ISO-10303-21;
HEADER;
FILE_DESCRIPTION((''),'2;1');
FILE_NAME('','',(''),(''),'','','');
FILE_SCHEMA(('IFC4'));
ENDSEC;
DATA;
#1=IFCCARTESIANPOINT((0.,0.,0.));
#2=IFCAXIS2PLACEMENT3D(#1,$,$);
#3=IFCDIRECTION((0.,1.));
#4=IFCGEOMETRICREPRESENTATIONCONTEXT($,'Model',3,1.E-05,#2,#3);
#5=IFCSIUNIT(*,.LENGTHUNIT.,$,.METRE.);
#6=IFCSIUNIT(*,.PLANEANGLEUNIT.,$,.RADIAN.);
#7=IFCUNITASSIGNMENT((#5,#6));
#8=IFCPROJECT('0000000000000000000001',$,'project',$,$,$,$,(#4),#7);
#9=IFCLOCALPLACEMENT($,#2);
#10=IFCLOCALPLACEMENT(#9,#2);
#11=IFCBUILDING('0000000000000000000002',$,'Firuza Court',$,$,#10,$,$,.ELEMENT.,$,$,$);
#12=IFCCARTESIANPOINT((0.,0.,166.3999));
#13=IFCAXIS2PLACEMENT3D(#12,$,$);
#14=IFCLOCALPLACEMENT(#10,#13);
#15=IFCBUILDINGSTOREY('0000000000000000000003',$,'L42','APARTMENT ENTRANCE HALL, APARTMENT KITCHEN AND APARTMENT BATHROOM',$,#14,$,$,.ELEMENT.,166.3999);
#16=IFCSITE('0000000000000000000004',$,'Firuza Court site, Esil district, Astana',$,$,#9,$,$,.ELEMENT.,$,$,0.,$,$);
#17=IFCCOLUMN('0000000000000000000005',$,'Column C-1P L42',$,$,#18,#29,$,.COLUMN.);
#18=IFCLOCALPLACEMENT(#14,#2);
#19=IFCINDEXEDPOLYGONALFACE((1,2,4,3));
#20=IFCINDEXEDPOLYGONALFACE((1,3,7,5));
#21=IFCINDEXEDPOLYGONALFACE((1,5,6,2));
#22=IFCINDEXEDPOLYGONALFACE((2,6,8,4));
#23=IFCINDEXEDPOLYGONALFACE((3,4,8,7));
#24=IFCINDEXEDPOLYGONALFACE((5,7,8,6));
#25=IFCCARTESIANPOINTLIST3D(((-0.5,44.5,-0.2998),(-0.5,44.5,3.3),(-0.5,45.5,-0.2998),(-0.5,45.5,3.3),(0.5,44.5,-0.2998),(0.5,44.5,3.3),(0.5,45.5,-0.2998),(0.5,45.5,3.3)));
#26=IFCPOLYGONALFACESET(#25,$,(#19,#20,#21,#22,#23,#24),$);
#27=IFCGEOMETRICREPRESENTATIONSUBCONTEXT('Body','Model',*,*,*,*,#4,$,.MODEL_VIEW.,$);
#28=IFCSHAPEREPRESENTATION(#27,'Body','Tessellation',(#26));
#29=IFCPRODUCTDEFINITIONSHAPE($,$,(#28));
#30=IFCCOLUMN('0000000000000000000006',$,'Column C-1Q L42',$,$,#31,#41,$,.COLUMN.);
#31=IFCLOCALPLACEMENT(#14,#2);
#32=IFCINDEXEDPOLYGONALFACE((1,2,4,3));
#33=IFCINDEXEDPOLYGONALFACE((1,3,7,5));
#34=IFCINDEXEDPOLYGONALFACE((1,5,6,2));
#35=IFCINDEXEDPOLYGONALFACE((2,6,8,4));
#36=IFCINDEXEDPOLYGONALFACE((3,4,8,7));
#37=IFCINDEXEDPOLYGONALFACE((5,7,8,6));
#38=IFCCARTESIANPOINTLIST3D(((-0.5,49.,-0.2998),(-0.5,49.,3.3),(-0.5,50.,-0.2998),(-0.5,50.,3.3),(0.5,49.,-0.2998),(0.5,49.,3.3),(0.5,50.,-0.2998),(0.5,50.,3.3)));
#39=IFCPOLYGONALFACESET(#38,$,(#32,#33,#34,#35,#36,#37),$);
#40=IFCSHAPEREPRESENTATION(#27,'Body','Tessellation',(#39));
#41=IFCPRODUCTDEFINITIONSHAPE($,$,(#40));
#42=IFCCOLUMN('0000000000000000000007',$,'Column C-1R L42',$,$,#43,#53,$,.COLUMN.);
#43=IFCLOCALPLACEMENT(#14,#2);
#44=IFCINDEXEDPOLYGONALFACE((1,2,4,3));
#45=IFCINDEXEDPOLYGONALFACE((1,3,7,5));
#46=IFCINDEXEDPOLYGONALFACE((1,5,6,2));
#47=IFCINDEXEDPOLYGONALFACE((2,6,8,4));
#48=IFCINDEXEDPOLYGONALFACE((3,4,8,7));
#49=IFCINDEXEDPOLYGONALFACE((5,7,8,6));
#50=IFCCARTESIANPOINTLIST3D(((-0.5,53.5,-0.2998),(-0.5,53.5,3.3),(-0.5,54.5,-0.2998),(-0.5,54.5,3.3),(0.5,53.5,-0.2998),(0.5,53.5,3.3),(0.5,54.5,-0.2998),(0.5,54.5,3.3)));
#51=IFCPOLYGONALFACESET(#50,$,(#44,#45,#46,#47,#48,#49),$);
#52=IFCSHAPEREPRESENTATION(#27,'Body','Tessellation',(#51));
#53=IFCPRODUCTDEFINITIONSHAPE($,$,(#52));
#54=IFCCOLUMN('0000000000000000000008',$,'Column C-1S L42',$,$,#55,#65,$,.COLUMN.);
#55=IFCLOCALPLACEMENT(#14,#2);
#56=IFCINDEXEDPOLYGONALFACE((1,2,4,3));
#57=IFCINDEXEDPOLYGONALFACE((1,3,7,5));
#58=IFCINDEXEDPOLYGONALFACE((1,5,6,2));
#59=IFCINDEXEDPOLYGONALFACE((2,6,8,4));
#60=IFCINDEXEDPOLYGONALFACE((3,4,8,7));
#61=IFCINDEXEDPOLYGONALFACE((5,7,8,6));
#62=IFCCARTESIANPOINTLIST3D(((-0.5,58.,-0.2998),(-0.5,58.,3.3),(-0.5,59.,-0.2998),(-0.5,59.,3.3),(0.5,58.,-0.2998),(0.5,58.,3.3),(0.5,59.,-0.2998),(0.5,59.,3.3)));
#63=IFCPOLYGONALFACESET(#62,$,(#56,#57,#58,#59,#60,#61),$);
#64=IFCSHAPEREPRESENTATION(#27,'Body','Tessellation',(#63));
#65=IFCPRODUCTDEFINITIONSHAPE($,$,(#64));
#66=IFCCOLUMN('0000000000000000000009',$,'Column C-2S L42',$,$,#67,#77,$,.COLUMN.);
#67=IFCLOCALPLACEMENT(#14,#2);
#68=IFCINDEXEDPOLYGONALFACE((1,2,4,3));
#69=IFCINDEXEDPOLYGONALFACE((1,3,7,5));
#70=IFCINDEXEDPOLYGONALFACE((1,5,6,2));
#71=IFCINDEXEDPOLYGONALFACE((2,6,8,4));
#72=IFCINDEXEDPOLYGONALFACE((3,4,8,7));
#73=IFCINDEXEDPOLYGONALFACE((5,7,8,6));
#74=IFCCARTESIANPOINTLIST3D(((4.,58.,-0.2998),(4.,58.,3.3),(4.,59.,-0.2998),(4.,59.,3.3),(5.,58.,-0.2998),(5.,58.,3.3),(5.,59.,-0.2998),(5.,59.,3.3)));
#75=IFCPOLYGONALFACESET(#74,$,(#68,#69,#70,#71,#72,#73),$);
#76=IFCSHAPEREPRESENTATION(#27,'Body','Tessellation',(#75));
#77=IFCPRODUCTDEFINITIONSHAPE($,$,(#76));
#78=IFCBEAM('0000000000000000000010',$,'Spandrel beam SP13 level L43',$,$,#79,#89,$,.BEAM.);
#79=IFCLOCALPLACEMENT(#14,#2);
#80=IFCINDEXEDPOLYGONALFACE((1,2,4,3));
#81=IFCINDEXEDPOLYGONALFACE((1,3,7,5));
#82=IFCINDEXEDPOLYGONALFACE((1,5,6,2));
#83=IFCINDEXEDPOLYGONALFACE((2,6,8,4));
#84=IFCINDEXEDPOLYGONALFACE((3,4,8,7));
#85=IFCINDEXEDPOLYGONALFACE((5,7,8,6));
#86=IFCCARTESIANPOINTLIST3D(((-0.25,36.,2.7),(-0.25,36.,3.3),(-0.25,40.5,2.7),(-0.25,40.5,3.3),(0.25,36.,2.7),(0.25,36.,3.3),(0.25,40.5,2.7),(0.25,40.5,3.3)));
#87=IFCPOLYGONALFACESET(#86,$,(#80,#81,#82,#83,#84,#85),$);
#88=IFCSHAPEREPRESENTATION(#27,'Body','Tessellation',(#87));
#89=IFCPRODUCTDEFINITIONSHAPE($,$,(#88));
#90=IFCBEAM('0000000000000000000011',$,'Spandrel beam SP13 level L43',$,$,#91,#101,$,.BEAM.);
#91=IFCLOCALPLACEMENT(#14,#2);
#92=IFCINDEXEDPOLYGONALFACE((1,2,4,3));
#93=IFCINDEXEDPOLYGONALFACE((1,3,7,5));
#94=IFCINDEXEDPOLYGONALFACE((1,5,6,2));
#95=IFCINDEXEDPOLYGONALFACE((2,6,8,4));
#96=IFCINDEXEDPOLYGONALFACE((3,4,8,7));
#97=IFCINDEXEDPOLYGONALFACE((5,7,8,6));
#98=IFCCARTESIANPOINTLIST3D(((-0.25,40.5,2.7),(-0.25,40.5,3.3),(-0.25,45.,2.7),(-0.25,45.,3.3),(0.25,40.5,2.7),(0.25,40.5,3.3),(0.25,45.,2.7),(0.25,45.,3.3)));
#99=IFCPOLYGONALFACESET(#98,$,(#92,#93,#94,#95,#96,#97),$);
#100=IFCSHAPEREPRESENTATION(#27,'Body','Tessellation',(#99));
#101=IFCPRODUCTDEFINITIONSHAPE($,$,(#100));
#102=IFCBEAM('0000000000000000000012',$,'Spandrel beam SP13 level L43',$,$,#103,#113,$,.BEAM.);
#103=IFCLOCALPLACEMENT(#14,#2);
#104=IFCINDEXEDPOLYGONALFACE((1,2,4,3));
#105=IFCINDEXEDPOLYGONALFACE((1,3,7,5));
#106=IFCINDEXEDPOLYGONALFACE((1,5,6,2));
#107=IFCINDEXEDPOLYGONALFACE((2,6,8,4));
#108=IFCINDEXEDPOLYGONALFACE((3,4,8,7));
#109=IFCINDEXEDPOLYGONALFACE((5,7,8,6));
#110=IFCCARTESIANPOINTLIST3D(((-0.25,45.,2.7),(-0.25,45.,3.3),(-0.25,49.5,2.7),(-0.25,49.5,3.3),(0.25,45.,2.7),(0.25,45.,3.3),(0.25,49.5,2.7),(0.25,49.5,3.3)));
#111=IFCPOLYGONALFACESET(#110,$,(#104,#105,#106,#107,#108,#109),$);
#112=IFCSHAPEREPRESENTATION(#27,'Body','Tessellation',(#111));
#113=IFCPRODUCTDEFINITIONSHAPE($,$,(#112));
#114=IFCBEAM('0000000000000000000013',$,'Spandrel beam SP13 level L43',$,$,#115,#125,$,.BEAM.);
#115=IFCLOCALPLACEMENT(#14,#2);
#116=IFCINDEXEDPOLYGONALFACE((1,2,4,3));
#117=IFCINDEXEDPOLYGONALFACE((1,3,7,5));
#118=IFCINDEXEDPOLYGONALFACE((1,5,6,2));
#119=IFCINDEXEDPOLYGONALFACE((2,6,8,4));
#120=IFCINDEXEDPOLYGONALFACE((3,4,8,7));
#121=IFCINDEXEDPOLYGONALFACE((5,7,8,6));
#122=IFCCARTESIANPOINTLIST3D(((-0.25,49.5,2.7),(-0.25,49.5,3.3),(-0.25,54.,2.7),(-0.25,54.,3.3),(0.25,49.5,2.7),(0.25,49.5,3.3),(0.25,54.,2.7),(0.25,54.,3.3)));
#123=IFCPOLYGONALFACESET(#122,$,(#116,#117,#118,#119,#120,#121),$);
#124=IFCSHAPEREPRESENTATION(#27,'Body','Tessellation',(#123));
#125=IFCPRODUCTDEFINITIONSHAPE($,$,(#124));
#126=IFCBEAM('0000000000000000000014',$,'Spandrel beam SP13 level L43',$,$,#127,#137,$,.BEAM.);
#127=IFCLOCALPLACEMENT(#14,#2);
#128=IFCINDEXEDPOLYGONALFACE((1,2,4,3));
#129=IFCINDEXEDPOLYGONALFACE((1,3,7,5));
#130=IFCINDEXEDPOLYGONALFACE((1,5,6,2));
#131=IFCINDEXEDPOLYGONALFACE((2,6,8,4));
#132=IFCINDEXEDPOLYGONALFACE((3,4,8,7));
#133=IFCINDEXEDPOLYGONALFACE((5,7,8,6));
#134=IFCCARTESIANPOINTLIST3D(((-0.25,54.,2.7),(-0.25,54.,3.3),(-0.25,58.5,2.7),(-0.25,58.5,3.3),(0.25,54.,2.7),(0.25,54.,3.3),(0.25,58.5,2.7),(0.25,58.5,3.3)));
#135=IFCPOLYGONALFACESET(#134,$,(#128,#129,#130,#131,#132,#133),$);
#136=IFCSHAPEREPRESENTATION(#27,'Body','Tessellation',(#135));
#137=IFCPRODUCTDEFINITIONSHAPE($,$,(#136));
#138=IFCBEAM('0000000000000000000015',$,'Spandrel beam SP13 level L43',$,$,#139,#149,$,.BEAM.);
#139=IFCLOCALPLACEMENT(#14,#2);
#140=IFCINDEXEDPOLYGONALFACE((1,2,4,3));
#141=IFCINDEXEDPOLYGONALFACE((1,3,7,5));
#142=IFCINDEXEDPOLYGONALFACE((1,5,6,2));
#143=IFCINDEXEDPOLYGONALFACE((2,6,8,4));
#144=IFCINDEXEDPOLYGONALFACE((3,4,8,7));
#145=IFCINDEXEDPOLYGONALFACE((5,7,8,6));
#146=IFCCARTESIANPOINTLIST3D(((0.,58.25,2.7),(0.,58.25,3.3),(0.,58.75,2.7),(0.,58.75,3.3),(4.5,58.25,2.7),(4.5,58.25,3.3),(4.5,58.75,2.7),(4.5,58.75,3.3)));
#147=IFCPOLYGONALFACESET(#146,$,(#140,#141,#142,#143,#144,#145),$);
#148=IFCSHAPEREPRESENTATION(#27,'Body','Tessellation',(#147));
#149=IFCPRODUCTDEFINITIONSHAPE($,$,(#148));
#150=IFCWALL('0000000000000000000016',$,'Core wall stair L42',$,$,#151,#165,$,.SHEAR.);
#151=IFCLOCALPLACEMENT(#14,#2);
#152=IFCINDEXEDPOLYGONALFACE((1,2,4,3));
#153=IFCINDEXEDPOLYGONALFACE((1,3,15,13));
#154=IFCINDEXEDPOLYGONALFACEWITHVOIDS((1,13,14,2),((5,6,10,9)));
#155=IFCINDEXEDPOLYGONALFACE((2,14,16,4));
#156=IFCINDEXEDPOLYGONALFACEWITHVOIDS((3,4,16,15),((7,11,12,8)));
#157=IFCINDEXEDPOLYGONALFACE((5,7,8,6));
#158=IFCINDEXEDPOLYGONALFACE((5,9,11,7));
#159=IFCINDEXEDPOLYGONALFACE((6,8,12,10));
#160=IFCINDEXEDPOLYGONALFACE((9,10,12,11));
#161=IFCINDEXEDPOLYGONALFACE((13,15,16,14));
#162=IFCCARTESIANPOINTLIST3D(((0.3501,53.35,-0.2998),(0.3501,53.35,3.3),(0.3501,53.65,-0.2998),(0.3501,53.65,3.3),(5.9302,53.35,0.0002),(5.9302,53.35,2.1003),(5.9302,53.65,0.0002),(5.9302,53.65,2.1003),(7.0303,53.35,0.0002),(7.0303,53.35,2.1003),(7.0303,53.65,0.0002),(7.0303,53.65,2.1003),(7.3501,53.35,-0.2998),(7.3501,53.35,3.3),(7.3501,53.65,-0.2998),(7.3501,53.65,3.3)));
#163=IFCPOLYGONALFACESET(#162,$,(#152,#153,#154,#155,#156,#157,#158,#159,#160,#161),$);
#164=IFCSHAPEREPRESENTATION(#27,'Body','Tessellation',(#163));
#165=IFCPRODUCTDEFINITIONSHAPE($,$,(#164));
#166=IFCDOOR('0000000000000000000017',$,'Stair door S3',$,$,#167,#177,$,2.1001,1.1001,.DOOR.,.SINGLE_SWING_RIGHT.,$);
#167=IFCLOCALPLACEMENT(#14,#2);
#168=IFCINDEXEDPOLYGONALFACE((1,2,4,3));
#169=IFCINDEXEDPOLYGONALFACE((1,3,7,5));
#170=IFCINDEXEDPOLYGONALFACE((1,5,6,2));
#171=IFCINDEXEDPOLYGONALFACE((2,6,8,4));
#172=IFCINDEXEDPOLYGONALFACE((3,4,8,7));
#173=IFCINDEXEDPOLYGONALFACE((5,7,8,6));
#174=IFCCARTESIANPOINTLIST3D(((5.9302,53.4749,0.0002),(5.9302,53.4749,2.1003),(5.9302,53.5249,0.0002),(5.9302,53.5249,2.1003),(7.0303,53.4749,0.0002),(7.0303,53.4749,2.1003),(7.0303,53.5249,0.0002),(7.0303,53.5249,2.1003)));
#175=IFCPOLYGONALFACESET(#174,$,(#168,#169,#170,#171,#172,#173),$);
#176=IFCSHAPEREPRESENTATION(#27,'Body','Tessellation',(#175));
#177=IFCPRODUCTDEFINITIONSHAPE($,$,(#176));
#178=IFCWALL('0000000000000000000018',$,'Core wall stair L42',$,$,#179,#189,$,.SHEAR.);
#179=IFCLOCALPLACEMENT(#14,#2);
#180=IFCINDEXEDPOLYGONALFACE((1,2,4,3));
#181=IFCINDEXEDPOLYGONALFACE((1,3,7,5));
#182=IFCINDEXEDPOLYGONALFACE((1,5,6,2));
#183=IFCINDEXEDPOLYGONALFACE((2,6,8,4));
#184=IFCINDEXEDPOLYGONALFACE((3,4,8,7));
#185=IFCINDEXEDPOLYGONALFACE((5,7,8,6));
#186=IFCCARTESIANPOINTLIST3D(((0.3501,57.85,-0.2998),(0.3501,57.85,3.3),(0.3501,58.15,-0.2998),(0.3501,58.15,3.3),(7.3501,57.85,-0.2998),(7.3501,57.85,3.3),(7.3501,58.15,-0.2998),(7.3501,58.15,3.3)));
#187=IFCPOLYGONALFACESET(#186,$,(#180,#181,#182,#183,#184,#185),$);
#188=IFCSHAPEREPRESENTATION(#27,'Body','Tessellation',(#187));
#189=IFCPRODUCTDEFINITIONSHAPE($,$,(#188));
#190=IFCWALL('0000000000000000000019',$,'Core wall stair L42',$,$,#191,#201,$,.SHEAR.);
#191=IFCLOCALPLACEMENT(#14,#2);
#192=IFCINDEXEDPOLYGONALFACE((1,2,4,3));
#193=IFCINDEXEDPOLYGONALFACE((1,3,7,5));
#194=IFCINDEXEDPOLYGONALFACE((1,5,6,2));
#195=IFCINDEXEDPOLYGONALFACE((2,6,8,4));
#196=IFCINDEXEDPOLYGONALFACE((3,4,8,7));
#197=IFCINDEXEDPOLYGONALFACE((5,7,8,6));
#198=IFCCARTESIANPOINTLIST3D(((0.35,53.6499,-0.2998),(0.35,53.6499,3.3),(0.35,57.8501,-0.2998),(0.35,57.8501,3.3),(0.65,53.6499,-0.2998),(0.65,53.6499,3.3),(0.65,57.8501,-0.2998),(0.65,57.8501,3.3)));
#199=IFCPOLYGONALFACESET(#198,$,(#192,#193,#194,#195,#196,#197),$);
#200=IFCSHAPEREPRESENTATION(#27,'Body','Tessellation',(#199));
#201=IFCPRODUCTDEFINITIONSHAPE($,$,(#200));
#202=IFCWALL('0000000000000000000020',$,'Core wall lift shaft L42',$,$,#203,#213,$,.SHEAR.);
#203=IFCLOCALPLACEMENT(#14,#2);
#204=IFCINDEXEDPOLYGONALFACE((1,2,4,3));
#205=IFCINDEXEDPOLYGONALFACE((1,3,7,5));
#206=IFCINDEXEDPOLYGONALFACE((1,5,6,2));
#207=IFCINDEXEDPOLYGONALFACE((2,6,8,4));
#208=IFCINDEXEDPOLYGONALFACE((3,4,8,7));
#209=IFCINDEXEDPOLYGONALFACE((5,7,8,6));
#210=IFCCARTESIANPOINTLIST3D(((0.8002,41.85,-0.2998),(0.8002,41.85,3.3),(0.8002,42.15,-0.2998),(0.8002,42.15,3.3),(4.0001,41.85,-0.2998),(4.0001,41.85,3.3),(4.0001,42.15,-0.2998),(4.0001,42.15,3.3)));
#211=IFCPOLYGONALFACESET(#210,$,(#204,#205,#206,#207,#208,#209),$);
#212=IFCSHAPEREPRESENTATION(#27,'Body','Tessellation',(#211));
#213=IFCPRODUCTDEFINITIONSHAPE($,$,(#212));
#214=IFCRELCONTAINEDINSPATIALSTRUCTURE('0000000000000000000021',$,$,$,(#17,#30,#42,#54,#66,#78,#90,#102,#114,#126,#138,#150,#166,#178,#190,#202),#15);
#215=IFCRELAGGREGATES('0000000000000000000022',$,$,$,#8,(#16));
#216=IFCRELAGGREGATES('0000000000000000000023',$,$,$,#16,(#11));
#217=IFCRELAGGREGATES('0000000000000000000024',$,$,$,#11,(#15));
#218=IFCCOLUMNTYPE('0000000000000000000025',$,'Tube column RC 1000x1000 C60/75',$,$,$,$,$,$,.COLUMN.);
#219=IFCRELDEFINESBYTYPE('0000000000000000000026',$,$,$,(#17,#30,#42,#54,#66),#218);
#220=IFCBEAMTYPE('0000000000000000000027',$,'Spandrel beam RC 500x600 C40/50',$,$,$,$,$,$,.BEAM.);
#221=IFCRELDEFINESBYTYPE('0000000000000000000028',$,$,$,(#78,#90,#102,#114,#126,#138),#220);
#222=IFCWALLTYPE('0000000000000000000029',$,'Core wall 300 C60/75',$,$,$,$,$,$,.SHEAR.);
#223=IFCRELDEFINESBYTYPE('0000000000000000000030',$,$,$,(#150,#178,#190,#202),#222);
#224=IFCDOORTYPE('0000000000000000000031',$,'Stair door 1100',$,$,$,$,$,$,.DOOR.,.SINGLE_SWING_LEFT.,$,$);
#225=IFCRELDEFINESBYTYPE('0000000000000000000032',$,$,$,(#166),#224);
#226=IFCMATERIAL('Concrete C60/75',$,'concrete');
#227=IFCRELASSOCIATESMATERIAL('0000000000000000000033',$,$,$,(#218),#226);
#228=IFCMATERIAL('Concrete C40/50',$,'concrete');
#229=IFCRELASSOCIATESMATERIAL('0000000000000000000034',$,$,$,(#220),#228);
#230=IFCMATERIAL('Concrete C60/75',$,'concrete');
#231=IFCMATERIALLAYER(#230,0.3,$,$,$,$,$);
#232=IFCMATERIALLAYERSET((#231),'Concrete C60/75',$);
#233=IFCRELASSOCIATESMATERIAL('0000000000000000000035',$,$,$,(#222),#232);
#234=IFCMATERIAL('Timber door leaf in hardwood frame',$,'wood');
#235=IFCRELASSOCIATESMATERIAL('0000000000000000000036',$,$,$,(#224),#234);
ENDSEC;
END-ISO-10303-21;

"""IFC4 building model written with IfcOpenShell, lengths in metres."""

from ifc_helpers import new_model, si_unit, direction, frame, frame_2d, origin, origin_2d, place, context, subcontext, project, spatial, rectangle, extrude, material, layer, layer_set, material_profile, profile_set, type_object, element, fill, save


model = new_model("IFC4")

# Units and contexts
model_context = context("Model", 3, precision=1e-05, world=origin(), true_north=direction((0.0, 1.0)))
body_context = subcontext(model_context, "Body", "Model", "MODEL_VIEW")
ifc_project = project(units=[si_unit("LENGTHUNIT", "METRE"), si_unit("PLANEANGLEUNIT", "RADIAN")], contexts=[model_context])

# Site, building, storey
site_placement = place(None, origin())
site = spatial("IfcSite", under=ifc_project, at=site_placement, Name="Firuza Court site, Esil district, Astana", CompositionType="ELEMENT", RefElevation=0.0)
building_placement = place(site_placement, origin())
building = spatial("IfcBuilding", under=site, at=building_placement, Name="Firuza Court", CompositionType="ELEMENT")
storey_placement = place(building_placement, frame((0.0, 0.0, 166.3999)))
storey = spatial("IfcBuildingStorey", under=building, at=storey_placement, Name="L42", Description="APARTMENT ENTRANCE HALL, APARTMENT KITCHEN AND APARTMENT BATHROOM", CompositionType="ELEMENT", Elevation=166.3999)

# Columns
ifc_material_1 = material(Name="Concrete C60/75", Category="concrete")
ifc_material_profile_1 = material_profile(ifc_material_1, rectangle(XDim=1.0, YDim=1.0, at=origin_2d()), Name="RC 1000x1000")
ifc_profile_set_1 = profile_set([ifc_material_profile_1], Name="Concrete C60/75")
column_type = type_object("IfcColumnType", Name="Tube column RC 1000x1000 C60/75", PredefinedType="COLUMN", material=ifc_profile_set_1)
for number, where, z_axis, x_axis, name in (
    (1, (0.0, 45.0, -0.2998), (0.0, 0.0, 1.0), (1.0, 0.0, 0.0), "Column C-1P L42"),
    (2, (0.0, 49.5, -0.2998), (0.0, 0.0, 1.0), (1.0, 0.0, 0.0), "Column C-1Q L42"),
    (3, (0.0, 54.0, -0.2998), (0.0, 0.0, 1.0), (1.0, 0.0, 0.0), "Column C-1R L42"),
    (4, (0.0, 58.5, -0.2998), (0.0, 0.0, 1.0), (1.0, 0.0, 0.0), "Column C-1S L42"),
    (5, (4.5, 58.5, -0.2998), (0.0, 0.0, 1.0), (1.0, 0.0, 0.0), "Column C-2S L42"),
):
    element("IfcColumn", number, at=place(storey_placement, frame(where, z_axis=z_axis, x_axis=x_axis)), inside=storey, type_object=column_type, Name=name, PredefinedType="COLUMN", context=body_context, shape_type="SweptSolid", body=[
        extrude(rectangle(XDim=1.0, YDim=1.0, at=origin_2d()), origin(), (0.0, 0.0, 1.0), 3.5999),
    ])

# Beams
ifc_material_2 = material(Name="Concrete C40/50", Category="concrete")
ifc_material_profile_2 = material_profile(ifc_material_2, rectangle(XDim=0.5, YDim=0.6001, at=origin_2d()), Name="RC 500x600")
ifc_profile_set_2 = profile_set([ifc_material_profile_2], Name="Concrete C40/50")
beam_type = type_object("IfcBeamType", Name="Spandrel beam RC 500x600 C40/50", PredefinedType="BEAM", material=ifc_profile_set_2)
for number, where, z_axis, x_axis, name in (
    (6, (0.0, 40.5, 3.0), (0.0, -1.0, 0.0), (1.0, 0.0, 0.0), "Spandrel beam SP13 level L43"),
    (7, (0.0, 45.0, 3.0), (0.0, -1.0, 0.0), (1.0, 0.0, 0.0), "Spandrel beam SP13 level L43"),
    (8, (0.0, 49.5, 3.0), (0.0, -1.0, 0.0), (1.0, 0.0, 0.0), "Spandrel beam SP13 level L43"),
    (9, (0.0, 54.0, 3.0), (0.0, -1.0, 0.0), (1.0, 0.0, 0.0), "Spandrel beam SP13 level L43"),
    (10, (0.0, 58.5, 3.0), (0.0, -1.0, 0.0), (1.0, 0.0, 0.0), "Spandrel beam SP13 level L43"),
    (11, (4.5, 58.5, 3.0), (-1.0, 0.0, 0.0), (0.0, -1.0, 0.0), "Spandrel beam SP13 level L43"),
):
    element("IfcBeam", number, at=place(storey_placement, frame(where, z_axis=z_axis, x_axis=x_axis)), inside=storey, type_object=beam_type, Name=name, PredefinedType="BEAM", context=body_context, shape_type="SweptSolid", body=[
        extrude(rectangle(XDim=0.5, YDim=0.6001, at=origin_2d()), origin(), (0.0, 0.0, 1.0), 4.5),
    ])

# Wall, opening, door
ifc_material_3 = material(Name="Concrete C60/75", Category="concrete")
ifc_layer_1 = layer(ifc_material_3, 0.3)
ifc_layer_set_1 = layer_set([ifc_layer_1], Name="Concrete C60/75")
wall_type_1 = type_object("IfcWallType", Name="Core wall 300 C60/75", PredefinedType="SHEAR", material=ifc_layer_set_1)
wall_1_placement = place(storey_placement, frame((0.3501, 53.5, -0.2998), z_axis=(0.0, 0.0, 1.0), x_axis=(1.0, 0.0, 0.0)))
wall_1 = element("IfcWall", 12, at=wall_1_placement, inside=storey, type_object=wall_type_1, Name="Core wall stair L42", PredefinedType="SHEAR", context=body_context, shape_type="SweptSolid", body=[
    extrude(rectangle(XDim=7.0, YDim=0.3, at=frame_2d((3.5, 0.0))), origin(), (0.0, 0.0, 1.0), 3.5999),
])
opening_1_placement = place(wall_1_placement, frame((5.5801, 0.0, 0.3)))
opening_1 = element("IfcOpeningElement", 13, at=opening_1_placement, cuts=wall_1, PredefinedType="OPENING", context=body_context, shape_type="SweptSolid", body=[
    extrude(rectangle(XDim=1.1001, YDim=2.1001, at=frame_2d((0.55, 1.05))), frame((0.0, 0.1621, 0.0), z_axis=(0.0, -1.0, 0.0), x_axis=(1.0, 0.0, 0.0)), (0.0, 0.0, 1.0), 0.324),
])
ifc_material_4 = material(Name="Timber door leaf in hardwood frame", Category="wood")
door_type = type_object("IfcDoorType", Name="Stair door 1100", OperationType="SINGLE_SWING_LEFT", PredefinedType="DOOR", material=ifc_material_4)
door_placement = place(opening_1_placement, origin())
door = element("IfcDoor", 14, at=door_placement, inside=storey, type_object=door_type, Name="Stair door S3", OperationType="SINGLE_SWING_RIGHT", OverallHeight=2.1001, OverallWidth=1.1001, PredefinedType="DOOR", context=body_context, shape_type="SweptSolid", body=[
    extrude(rectangle(XDim=1.1001, YDim=2.1001, at=frame_2d((0.55, 1.05))), frame((0.0, 0.0249, 0.0), z_axis=(0.0, -1.0, 0.0), x_axis=(1.0, 0.0, 0.0)), (0.0, 0.0, 1.0), 0.05),
])
fill(opening_1, door)

# Walls
wall_2_placement = place(storey_placement, frame((0.3501, 58.0, -0.2998), z_axis=(0.0, 0.0, 1.0), x_axis=(1.0, 0.0, 0.0)))
element("IfcWall", 15, at=wall_2_placement, inside=storey, type_object=wall_type_1, Name="Core wall stair L42", PredefinedType="SHEAR", context=body_context, shape_type="SweptSolid", body=[
    extrude(rectangle(XDim=7.0, YDim=0.3, at=frame_2d((3.5, 0.0))), origin(), (0.0, 0.0, 1.0), 3.5999),
])
wall_3_placement = place(storey_placement, frame((0.5, 53.6499, -0.2998), z_axis=(0.0, 0.0, 1.0), x_axis=(0.0, 1.0, 0.0)))
element("IfcWall", 16, at=wall_3_placement, inside=storey, type_object=wall_type_1, Name="Core wall stair L42", PredefinedType="SHEAR", context=body_context, shape_type="SweptSolid", body=[
    extrude(rectangle(XDim=4.2002, YDim=0.3, at=frame_2d((2.1001, 0.0))), origin(), (0.0, 0.0, 1.0), 3.5999),
])
for number, where, z_axis, x_axis, name in (
    (17, (0.8, 42.0, -0.2998), (0.0, 0.0, 1.0), (1.0, 0.0, 0.0), "Core wall lift shaft L42"),
):
    element("IfcWall", number, at=place(storey_placement, frame(where, z_axis=z_axis, x_axis=x_axis)), inside=storey, type_object=wall_type_1, Name=name, PredefinedType="SHEAR", context=body_context, shape_type="SweptSolid", body=[
        extrude(rectangle(XDim=3.2, YDim=0.3, at=frame_2d((1.6001, 0.0))), origin(), (0.0, 0.0, 1.0), 3.5999),
    ])

save(model, "model.ifc")
